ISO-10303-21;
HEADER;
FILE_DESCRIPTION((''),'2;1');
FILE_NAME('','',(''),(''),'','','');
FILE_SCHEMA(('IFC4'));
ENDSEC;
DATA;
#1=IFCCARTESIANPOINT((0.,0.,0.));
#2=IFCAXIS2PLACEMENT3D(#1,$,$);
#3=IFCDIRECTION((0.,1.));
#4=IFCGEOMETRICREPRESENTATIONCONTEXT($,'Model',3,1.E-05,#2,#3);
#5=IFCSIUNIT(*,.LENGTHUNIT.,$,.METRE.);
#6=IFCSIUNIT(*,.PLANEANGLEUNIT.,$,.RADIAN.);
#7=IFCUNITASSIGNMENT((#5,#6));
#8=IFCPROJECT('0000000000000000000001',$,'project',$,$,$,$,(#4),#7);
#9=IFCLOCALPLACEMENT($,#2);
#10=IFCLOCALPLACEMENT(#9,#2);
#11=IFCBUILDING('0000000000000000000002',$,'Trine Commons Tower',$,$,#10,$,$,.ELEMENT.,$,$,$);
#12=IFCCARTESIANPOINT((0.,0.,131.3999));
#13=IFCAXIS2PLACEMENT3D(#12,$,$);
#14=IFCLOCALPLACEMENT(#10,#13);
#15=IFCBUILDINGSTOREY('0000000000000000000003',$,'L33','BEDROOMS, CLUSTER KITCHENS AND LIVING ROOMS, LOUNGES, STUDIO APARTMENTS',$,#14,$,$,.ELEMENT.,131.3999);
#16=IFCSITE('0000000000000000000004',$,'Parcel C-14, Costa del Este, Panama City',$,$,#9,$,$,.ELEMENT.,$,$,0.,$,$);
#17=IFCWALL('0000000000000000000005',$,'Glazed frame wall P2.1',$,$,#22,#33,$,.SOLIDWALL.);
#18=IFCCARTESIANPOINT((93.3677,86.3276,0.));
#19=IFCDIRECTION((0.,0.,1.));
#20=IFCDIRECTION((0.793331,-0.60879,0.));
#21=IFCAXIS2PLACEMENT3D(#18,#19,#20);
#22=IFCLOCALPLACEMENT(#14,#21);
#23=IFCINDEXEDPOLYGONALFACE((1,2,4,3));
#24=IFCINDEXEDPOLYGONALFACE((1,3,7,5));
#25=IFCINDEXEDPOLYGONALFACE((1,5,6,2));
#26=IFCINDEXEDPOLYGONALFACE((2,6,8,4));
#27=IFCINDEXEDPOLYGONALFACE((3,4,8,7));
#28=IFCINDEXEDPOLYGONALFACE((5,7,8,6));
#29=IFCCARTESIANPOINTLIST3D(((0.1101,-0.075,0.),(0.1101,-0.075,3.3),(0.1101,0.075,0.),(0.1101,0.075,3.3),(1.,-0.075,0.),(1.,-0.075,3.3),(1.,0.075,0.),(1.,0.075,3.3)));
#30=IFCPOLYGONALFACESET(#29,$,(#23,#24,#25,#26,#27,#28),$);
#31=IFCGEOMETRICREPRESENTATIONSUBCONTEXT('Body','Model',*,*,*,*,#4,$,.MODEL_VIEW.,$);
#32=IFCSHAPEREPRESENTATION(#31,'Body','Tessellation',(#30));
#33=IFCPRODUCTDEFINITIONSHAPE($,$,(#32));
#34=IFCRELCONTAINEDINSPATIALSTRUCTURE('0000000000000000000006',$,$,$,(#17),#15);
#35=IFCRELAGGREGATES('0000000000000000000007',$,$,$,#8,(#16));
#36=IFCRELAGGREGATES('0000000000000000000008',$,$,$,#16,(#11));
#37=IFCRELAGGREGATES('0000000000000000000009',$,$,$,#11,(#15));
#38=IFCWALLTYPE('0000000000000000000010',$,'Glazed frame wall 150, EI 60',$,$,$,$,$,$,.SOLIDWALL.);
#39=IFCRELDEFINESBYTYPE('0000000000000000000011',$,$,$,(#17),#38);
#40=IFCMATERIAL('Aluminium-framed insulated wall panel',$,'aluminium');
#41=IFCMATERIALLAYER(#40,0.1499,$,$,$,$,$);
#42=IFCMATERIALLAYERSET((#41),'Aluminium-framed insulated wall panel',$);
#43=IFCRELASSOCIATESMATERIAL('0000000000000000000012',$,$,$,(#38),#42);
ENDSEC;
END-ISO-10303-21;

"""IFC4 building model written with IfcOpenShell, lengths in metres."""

from ifc_helpers import new_model, si_unit, direction, frame, origin, place, context, subcontext, project, spatial, polyline, outline, extrude, material, layer, layer_set, type_object, element, save


model = new_model("IFC4")

# Units and contexts
model_context = context("Model", 3, precision=1e-05, world=origin(), true_north=direction((0.0, 1.0)))
body_context = subcontext(model_context, "Body", "Model", "MODEL_VIEW")
ifc_project = project(units=[si_unit("LENGTHUNIT", "METRE"), si_unit("PLANEANGLEUNIT", "RADIAN")], contexts=[model_context])

# Site, building, storey
site_placement = place(None, origin())
site = spatial("IfcSite", under=ifc_project, at=site_placement, Name="Parcel C-14, Costa del Este, Panama City", CompositionType="ELEMENT", RefElevation=0.0)
building_placement = place(site_placement, origin())
building = spatial("IfcBuilding", under=site, at=building_placement, Name="Trine Commons Tower", CompositionType="ELEMENT")
storey_placement = place(building_placement, frame((0.0, 0.0, 131.3999)))
storey = spatial("IfcBuildingStorey", under=building, at=storey_placement, Name="L33", Description="BEDROOMS, CLUSTER KITCHENS AND LIVING ROOMS, LOUNGES, STUDIO APARTMENTS", CompositionType="ELEMENT", Elevation=131.3999)

# Wall
ifc_material_1 = material(Name="Aluminium-framed insulated wall panel", Category="aluminium")
ifc_layer_1 = layer(ifc_material_1, 0.1499)
ifc_layer_set_1 = layer_set([ifc_layer_1], Name="Aluminium-framed insulated wall panel")
wall_type_1 = type_object("IfcWallType", Name="Glazed frame wall 150, EI 60", PredefinedType="SOLIDWALL", material=ifc_layer_set_1)
wall_1_placement = place(storey_placement, frame((93.3677, 86.3276, 0.0), z_axis=(0.0, 0.0, 1.0), x_axis=(0.793331, -0.60879, 0.0)))
element("IfcWall", 1, at=wall_1_placement, inside=storey, type_object=wall_type_1, Name="Glazed frame wall P2.1", PredefinedType="SOLIDWALL", context=body_context, shape_type="SweptSolid", body=[
    extrude(outline(polyline([(0.1101, -0.075), (1.0, -0.075), (1.0, 0.075), (0.1101, 0.075), (0.1101, -0.075)])), origin(), (0.0, 0.0, 1.0), 3.3),
])

save(model, "model.ifc")
